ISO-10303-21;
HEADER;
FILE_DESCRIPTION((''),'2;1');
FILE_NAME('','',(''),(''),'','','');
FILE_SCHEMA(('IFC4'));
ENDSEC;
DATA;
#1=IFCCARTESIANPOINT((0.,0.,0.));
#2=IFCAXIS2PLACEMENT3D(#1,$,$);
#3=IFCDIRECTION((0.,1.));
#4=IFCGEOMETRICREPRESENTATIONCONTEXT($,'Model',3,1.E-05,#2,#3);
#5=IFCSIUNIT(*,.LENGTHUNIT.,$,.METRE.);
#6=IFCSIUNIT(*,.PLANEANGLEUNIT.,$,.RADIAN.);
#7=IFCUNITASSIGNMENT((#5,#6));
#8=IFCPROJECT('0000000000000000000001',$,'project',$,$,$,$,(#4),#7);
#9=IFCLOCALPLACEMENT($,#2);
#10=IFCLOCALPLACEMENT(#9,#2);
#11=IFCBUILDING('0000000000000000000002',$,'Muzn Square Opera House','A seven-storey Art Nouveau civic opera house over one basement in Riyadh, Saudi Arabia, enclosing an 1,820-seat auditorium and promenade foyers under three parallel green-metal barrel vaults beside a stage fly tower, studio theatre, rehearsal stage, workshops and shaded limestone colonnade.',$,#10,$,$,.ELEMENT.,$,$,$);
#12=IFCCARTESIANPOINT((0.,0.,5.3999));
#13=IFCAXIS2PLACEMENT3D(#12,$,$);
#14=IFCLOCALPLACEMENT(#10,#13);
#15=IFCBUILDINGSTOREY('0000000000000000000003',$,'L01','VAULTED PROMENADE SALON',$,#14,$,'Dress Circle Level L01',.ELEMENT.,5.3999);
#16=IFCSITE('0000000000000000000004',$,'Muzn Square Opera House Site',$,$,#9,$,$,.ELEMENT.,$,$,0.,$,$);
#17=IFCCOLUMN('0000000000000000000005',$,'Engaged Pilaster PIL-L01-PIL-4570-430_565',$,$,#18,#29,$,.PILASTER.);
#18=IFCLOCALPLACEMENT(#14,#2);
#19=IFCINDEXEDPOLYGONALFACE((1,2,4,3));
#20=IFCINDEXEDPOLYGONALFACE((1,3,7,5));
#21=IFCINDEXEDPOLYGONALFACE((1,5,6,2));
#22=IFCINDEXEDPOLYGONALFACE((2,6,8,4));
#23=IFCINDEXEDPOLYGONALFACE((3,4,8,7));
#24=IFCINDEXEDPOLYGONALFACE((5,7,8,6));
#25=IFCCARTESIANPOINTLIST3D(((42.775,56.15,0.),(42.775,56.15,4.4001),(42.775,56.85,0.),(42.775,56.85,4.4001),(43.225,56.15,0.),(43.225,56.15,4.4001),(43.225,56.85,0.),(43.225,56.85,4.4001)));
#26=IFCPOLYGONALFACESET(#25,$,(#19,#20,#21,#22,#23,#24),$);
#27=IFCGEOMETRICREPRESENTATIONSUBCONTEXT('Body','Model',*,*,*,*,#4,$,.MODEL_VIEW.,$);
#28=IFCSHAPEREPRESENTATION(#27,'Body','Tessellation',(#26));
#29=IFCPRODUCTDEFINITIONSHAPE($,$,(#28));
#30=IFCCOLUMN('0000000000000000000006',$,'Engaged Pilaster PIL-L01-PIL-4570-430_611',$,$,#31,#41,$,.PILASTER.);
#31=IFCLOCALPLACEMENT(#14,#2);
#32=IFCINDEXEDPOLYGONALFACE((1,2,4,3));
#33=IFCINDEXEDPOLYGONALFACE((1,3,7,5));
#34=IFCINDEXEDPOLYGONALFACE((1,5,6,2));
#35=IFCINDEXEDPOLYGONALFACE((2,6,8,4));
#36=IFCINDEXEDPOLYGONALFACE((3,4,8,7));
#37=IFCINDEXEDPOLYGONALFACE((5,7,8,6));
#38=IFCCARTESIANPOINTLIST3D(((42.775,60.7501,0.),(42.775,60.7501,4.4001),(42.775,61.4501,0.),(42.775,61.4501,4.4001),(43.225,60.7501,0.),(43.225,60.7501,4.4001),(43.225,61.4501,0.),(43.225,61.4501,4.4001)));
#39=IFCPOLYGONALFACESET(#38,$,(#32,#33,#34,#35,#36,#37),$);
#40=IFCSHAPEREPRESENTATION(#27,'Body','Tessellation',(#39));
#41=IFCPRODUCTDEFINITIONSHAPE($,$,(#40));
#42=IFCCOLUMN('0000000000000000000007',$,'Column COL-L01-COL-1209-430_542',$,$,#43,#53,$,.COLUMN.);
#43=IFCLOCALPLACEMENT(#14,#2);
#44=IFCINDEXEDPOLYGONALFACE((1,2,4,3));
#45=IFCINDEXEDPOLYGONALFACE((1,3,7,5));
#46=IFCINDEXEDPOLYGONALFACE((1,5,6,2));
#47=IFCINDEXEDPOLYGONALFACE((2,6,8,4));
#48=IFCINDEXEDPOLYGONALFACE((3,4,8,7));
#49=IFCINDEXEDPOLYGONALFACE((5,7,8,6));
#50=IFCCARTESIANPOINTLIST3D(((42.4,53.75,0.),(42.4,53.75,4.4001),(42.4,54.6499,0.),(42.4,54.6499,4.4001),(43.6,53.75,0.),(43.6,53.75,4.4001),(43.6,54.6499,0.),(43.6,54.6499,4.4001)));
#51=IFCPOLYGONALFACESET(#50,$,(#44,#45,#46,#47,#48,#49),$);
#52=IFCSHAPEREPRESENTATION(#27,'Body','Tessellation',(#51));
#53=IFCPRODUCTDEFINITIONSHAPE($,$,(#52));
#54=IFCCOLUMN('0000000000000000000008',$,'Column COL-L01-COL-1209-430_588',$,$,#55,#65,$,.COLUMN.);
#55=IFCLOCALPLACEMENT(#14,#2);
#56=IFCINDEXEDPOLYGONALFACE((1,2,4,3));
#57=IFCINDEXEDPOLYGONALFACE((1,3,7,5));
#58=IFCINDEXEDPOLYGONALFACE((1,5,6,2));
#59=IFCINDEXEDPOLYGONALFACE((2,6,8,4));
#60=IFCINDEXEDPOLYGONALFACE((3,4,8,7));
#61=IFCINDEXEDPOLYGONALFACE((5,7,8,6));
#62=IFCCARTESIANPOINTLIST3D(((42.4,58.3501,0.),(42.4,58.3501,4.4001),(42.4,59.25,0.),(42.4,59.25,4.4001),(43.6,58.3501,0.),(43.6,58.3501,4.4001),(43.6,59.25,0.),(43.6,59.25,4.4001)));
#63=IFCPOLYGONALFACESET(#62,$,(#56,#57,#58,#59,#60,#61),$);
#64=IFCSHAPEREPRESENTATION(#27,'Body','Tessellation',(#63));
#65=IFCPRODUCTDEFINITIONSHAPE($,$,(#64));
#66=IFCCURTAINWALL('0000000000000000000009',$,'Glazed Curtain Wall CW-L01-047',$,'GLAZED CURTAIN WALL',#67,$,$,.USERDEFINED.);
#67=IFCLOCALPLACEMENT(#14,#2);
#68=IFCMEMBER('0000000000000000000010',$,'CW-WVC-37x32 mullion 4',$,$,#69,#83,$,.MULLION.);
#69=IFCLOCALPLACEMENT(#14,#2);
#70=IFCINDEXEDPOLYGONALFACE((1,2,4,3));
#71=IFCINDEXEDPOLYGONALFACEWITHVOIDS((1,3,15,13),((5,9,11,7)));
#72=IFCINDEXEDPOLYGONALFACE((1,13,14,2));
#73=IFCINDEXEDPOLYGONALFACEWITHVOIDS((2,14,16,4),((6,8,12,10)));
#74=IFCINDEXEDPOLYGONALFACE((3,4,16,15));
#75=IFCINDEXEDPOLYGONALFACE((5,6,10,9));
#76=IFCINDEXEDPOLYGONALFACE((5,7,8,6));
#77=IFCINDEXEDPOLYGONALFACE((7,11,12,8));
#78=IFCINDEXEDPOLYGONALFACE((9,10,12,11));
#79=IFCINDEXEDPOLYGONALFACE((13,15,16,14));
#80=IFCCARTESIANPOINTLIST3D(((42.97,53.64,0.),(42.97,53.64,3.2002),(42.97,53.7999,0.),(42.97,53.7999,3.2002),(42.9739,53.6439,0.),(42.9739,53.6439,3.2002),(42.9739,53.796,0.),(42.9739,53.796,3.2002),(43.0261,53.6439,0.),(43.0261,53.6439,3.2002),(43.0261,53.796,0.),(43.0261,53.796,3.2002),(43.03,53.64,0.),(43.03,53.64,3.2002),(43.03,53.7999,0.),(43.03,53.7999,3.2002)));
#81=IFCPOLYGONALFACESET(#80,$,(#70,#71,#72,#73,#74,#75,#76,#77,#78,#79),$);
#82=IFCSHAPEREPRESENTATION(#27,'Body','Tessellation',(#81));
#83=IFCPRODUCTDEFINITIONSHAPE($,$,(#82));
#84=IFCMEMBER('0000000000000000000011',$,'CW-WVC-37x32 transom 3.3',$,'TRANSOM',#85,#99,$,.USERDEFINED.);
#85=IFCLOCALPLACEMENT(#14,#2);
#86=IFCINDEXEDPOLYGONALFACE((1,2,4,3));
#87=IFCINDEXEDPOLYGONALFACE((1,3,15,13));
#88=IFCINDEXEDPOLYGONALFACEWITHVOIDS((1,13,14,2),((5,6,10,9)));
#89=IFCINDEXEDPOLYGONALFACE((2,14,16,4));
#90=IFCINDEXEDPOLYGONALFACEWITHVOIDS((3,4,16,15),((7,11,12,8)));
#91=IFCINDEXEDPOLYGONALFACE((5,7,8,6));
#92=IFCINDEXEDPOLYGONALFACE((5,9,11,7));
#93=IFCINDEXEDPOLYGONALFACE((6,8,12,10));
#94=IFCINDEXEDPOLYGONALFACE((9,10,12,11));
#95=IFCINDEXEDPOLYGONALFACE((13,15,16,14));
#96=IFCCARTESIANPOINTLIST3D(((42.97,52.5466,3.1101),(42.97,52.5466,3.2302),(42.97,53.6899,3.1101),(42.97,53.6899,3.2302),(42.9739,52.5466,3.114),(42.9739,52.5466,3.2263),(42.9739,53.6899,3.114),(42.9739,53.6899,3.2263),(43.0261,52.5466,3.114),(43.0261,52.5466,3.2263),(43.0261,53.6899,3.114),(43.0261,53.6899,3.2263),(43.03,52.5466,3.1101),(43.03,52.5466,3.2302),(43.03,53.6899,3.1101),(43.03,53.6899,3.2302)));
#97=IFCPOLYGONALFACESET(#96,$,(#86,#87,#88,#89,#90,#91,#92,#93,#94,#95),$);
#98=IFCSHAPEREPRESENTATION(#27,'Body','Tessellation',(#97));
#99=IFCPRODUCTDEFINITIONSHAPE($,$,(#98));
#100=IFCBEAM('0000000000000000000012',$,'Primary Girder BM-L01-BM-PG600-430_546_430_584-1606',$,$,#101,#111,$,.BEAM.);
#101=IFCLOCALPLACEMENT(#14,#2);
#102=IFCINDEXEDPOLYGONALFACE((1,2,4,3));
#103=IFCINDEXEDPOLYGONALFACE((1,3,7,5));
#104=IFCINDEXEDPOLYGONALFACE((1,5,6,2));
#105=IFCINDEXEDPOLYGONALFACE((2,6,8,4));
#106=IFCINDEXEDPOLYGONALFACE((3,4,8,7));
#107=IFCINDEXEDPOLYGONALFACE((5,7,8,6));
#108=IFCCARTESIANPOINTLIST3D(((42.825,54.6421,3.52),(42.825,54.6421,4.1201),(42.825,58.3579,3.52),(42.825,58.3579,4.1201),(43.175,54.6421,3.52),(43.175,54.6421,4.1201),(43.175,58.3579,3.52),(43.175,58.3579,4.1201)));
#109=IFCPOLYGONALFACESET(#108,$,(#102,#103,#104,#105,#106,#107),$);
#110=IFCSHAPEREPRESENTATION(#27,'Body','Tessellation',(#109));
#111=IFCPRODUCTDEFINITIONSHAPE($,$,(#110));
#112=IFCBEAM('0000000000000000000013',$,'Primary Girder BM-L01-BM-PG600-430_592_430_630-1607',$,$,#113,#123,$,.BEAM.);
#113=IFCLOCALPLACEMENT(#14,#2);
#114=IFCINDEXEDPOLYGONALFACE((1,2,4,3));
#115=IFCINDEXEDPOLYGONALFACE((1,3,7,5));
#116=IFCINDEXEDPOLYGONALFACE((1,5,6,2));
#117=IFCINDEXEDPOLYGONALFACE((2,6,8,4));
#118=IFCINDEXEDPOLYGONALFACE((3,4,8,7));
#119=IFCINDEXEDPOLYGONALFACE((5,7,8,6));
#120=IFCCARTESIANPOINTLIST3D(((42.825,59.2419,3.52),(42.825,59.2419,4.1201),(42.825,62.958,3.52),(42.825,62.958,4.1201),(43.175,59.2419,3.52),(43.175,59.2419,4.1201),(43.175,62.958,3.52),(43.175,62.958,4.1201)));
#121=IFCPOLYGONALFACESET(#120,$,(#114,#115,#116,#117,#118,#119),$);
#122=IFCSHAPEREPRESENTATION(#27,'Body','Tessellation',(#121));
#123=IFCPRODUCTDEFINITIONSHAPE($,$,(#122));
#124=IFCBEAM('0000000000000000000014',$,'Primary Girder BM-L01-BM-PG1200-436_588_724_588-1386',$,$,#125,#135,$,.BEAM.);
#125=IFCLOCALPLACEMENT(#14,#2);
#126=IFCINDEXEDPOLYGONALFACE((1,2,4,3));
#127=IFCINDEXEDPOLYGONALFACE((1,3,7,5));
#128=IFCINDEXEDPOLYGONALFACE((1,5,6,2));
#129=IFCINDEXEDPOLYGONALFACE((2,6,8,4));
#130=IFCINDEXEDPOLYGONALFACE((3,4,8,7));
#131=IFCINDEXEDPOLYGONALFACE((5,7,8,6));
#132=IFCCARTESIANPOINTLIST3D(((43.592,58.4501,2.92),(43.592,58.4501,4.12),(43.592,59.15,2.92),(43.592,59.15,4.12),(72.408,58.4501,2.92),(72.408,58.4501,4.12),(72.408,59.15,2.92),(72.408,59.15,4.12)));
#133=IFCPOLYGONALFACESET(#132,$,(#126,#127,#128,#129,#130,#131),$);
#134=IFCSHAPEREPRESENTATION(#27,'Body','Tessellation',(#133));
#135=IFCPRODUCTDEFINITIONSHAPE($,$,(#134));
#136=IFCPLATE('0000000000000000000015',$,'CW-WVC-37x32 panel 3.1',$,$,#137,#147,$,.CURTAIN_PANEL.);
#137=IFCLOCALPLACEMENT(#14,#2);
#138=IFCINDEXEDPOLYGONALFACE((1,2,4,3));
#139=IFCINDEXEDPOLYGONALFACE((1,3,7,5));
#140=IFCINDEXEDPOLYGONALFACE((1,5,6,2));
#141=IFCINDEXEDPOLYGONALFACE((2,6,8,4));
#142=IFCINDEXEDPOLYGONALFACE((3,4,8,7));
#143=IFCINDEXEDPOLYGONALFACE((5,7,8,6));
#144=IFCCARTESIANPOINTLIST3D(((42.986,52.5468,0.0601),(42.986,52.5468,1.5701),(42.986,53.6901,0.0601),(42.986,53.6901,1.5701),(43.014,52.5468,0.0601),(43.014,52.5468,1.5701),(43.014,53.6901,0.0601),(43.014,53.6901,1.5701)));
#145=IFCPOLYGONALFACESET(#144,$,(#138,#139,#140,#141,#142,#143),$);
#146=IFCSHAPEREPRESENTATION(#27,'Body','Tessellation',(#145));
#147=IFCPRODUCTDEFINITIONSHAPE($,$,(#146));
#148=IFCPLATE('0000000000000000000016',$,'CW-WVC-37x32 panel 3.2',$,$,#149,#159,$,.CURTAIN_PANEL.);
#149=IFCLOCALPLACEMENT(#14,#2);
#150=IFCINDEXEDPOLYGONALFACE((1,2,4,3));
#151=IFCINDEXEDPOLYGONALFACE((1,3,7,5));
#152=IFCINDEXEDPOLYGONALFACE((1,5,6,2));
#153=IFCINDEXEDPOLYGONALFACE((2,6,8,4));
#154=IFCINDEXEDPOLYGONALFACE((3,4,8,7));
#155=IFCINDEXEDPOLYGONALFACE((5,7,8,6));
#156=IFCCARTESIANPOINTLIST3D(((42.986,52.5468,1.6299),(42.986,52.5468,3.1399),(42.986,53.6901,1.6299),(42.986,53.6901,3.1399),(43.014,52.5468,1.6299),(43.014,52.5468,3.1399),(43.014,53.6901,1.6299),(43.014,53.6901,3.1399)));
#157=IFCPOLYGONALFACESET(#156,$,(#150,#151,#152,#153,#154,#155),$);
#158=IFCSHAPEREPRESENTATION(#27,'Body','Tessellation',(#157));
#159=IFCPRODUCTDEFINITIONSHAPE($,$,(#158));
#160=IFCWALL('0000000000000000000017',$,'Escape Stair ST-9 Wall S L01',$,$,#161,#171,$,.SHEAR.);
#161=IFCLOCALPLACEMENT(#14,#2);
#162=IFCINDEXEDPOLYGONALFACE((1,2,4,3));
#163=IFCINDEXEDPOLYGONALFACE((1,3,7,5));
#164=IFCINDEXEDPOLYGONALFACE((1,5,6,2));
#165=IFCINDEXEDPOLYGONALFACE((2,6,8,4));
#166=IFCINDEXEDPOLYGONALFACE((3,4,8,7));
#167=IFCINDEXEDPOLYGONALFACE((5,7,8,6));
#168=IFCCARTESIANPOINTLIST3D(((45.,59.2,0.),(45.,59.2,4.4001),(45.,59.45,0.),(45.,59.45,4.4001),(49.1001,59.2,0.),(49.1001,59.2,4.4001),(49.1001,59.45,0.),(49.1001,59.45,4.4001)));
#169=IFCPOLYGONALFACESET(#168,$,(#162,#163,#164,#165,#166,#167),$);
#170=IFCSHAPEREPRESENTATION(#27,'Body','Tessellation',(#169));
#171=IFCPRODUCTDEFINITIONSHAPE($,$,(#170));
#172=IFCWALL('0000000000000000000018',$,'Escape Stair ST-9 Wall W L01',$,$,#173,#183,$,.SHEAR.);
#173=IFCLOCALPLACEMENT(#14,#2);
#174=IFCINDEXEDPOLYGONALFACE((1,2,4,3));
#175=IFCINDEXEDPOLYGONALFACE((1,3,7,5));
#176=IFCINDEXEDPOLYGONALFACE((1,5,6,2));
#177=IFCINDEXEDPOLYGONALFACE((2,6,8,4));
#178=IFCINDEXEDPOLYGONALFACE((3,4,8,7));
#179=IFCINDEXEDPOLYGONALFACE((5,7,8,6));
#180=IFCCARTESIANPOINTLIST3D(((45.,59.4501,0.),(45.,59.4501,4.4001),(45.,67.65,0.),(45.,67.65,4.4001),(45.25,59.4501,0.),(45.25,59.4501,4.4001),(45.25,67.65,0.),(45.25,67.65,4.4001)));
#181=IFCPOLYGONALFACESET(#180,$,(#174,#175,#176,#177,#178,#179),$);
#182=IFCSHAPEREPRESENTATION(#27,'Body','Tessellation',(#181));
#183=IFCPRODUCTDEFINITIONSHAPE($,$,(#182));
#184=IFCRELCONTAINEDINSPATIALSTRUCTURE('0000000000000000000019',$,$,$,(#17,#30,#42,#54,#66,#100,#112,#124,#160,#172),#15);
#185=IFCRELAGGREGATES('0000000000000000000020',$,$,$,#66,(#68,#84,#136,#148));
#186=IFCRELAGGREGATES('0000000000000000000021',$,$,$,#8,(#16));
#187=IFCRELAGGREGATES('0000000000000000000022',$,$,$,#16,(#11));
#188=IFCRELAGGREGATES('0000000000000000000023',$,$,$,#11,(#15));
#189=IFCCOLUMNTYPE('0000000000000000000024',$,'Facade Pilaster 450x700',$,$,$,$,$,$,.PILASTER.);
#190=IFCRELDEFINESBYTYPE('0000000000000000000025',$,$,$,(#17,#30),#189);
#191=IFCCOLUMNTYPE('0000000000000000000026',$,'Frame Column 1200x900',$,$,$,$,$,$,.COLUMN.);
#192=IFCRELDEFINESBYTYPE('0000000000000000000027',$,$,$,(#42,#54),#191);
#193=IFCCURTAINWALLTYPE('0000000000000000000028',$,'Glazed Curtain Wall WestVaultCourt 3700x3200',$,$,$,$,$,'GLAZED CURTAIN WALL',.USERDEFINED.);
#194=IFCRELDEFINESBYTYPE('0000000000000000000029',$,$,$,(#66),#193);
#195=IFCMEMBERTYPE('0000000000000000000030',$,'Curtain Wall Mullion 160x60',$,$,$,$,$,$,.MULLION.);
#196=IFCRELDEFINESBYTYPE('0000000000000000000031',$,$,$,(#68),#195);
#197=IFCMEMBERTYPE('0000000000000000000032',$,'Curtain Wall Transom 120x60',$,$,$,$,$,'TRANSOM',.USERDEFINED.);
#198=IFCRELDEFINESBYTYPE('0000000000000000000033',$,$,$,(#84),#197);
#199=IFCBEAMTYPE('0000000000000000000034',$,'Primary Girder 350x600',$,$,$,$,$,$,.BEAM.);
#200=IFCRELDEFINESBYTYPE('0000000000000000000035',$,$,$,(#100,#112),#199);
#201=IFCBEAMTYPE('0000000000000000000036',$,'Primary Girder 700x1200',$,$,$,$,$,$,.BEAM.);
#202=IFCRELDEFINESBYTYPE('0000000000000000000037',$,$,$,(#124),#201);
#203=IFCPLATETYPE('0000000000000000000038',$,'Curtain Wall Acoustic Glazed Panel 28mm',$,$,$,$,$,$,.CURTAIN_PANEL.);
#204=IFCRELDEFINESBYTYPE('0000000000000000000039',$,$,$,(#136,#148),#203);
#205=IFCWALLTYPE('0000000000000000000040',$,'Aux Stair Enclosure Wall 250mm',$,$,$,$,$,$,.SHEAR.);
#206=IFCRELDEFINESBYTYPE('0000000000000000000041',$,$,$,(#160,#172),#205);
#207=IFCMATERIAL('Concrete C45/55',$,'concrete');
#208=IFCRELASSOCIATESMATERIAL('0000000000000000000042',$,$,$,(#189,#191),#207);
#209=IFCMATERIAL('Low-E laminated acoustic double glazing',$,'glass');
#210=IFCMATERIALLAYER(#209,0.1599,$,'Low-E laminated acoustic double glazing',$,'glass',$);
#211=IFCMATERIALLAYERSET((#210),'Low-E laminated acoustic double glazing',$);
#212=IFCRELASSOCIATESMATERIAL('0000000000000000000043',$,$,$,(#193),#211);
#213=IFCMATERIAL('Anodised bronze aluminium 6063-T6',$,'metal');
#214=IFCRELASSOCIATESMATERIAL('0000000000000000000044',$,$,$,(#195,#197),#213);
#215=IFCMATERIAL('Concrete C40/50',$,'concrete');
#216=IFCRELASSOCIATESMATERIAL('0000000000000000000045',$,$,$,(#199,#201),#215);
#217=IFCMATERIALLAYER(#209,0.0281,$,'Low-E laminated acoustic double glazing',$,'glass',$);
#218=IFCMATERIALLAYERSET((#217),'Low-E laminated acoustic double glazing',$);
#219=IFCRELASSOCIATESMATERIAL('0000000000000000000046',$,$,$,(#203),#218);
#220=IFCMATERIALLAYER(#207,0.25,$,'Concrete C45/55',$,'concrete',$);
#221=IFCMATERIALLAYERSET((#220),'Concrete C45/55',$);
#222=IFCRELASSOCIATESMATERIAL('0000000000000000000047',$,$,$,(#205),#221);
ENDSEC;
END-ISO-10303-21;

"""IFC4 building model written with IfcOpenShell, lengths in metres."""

from ifc_helpers import new_model, si_unit, direction, frame, frame_2d, origin, origin_2d, place, context, subcontext, project, spatial, rectangle, hollow_rectangle, extrude, material, layer, layer_set, material_profile, profile_set, type_object, element, aggregate, save


model = new_model("IFC4")

# Units and contexts
model_context = context("Model", 3, precision=1e-05, world=origin(), true_north=direction((0.0, 1.0)))
body_context = subcontext(model_context, "Body", "Model", "MODEL_VIEW")
ifc_project = project(units=[si_unit("LENGTHUNIT", "METRE"), si_unit("PLANEANGLEUNIT", "RADIAN")], contexts=[model_context])

# Site, building, storey
site_placement = place(None, origin())
site = spatial("IfcSite", under=ifc_project, at=site_placement, Name="Muzn Square Opera House Site", CompositionType="ELEMENT", RefElevation=0.0)
building_placement = place(site_placement, origin())
building = spatial("IfcBuilding", under=site, at=building_placement, Name="Muzn Square Opera House", Description="A seven-storey Art Nouveau civic opera house over one basement in Riyadh, Saudi Arabia, enclosing an 1,820-seat auditorium and promenade foyers under three parallel green-metal barrel vaults beside a stage fly tower, studio theatre, rehearsal stage, workshops and shaded limestone colonnade.", CompositionType="ELEMENT")
storey_placement = place(building_placement, frame((0.0, 0.0, 5.3999)))
storey = spatial("IfcBuildingStorey", under=building, at=storey_placement, Name="L01", Description="VAULTED PROMENADE SALON", LongName="Dress Circle Level L01", CompositionType="ELEMENT", Elevation=5.3999)

# Columns
ifc_material_1 = material(Name="Concrete C45/55", Category="concrete")
ifc_material_profile_1 = material_profile(ifc_material_1, rectangle(XDim=0.45, YDim=0.7, at=origin_2d()), Name="RC 450x700", Category="concrete")
ifc_profile_set_1 = profile_set([ifc_material_profile_1], Name="Concrete C45/55")
column_type_1 = type_object("IfcColumnType", Name="Facade Pilaster 450x700", PredefinedType="PILASTER", material=ifc_profile_set_1)
for number, where, z_axis, x_axis, name in (
    (1, (43.0, 56.5, 0.0), (0.0, 0.0, 1.0), (1.0, 0.0, 0.0), "Engaged Pilaster PIL-L01-PIL-4570-430_565"),
    (2, (43.0, 61.1001, 0.0), (0.0, 0.0, 1.0), (1.0, 0.0, 0.0), "Engaged Pilaster PIL-L01-PIL-4570-430_611"),
):
    element("IfcColumn", number, at=place(storey_placement, frame(where, z_axis=z_axis, x_axis=x_axis)), inside=storey, type_object=column_type_1, Name=name, PredefinedType="PILASTER", context=body_context, shape_type="SweptSolid", body=[
        extrude(rectangle(XDim=0.45, YDim=0.7, at=origin_2d()), origin(), (0.0, 0.0, 1.0), 4.4001),
    ])
ifc_material_profile_2 = material_profile(ifc_material_1, rectangle(XDim=1.2, YDim=0.8999, at=origin_2d()), Name="RC 1200x900", Category="concrete")
ifc_profile_set_2 = profile_set([ifc_material_profile_2], Name="Concrete C45/55")
column_type_2 = type_object("IfcColumnType", Name="Frame Column 1200x900", PredefinedType="COLUMN", material=ifc_profile_set_2)
for number, where, z_axis, x_axis, name in (
    (3, (43.0, 54.2, 0.0), (0.0, 0.0, 1.0), (1.0, 0.0, 0.0), "Column COL-L01-COL-1209-430_542"),
    (4, (43.0, 58.8, 0.0), (0.0, 0.0, 1.0), (1.0, 0.0, 0.0), "Column COL-L01-COL-1209-430_588"),
):
    element("IfcColumn", number, at=place(storey_placement, frame(where, z_axis=z_axis, x_axis=x_axis)), inside=storey, type_object=column_type_2, Name=name, PredefinedType="COLUMN", context=body_context, shape_type="SweptSolid", body=[
        extrude(rectangle(XDim=1.2, YDim=0.8999, at=origin_2d()), origin(), (0.0, 0.0, 1.0), 4.4001),
    ])

# Curtain wall, members
ifc_material_2 = material(Name="Low-E laminated acoustic double glazing", Category="glass")
ifc_layer_1 = layer(ifc_material_2, 0.1599, Name="Low-E laminated acoustic double glazing", Category="glass")
ifc_layer_set_1 = layer_set([ifc_layer_1], Name="Low-E laminated acoustic double glazing")
curtain_wall_type = type_object("IfcCurtainWallType", Name="Glazed Curtain Wall WestVaultCourt 3700x3200", ElementType="GLAZED CURTAIN WALL", PredefinedType="USERDEFINED", material=ifc_layer_set_1)
curtain_wall_placement = place(storey_placement, origin())
curtain_wall = element("IfcCurtainWall", 5, at=curtain_wall_placement, inside=storey, type_object=curtain_wall_type, Name="Glazed Curtain Wall CW-L01-047", ObjectType="GLAZED CURTAIN WALL", PredefinedType="USERDEFINED")
ifc_material_3 = material(Name="Anodised bronze aluminium 6063-T6", Category="metal")
ifc_material_profile_3 = material_profile(ifc_material_3, hollow_rectangle(XDim=0.0601, YDim=0.1599, WallThickness=0.0039, at=origin_2d()), Name="ALU 160x60x4", Category="metal")
ifc_profile_set_3 = profile_set([ifc_material_profile_3], Name="Anodised bronze aluminium 6063-T6")
member_type_1 = type_object("IfcMemberType", Name="Curtain Wall Mullion 160x60", PredefinedType="MULLION", material=ifc_profile_set_3)
member_1_placement = place(storey_placement, frame((43.0, 53.72, 0.0), z_axis=(0.0, 0.0, 1.0), x_axis=(-1.0, 0.0, 0.0)))
member_1 = element("IfcMember", 6, at=member_1_placement, type_object=member_type_1, Name="CW-WVC-37x32 mullion 4", PredefinedType="MULLION", context=body_context, shape_type="SweptSolid", body=[
    extrude(hollow_rectangle(XDim=0.0601, YDim=0.1599, WallThickness=0.0039, at=origin_2d()), origin(), (0.0, 0.0, 1.0), 3.2002),
])
ifc_material_profile_4 = material_profile(ifc_material_3, hollow_rectangle(XDim=0.0601, YDim=0.1201, WallThickness=0.0039, at=origin_2d()), Name="ALU 120x60x4", Category="metal")
ifc_profile_set_4 = profile_set([ifc_material_profile_4], Name="Anodised bronze aluminium 6063-T6")
member_type_2 = type_object("IfcMemberType", Name="Curtain Wall Transom 120x60", ElementType="TRANSOM", PredefinedType="USERDEFINED", material=ifc_profile_set_4)
member_2_placement = place(storey_placement, frame((43.0, 52.5466, 3.1702), z_axis=(0.0, 1.0, 0.0), x_axis=(-1.0, 0.0, 0.0)))
member_2 = element("IfcMember", 7, at=member_2_placement, type_object=member_type_2, Name="CW-WVC-37x32 transom 3.3", ObjectType="TRANSOM", PredefinedType="USERDEFINED", context=body_context, shape_type="SweptSolid", body=[
    extrude(hollow_rectangle(XDim=0.0601, YDim=0.1201, WallThickness=0.0039, at=origin_2d()), origin(), (0.0, 0.0, 1.0), 1.1433),
])

# Beams
ifc_material_4 = material(Name="Concrete C40/50", Category="concrete")
ifc_material_profile_5 = material_profile(ifc_material_4, rectangle(XDim=0.3501, YDim=0.6001, at=origin_2d()), Name="RCB 350x600", Category="concrete")
ifc_profile_set_5 = profile_set([ifc_material_profile_5], Name="Concrete C40/50")
beam_type_1 = type_object("IfcBeamType", Name="Primary Girder 350x600", PredefinedType="BEAM", material=ifc_profile_set_5)
beam_1_placement = place(storey_placement, frame((43.0, 54.6421, 3.8201), z_axis=(0.0, 1.0, 0.0), x_axis=(-1.0, 0.0, 0.0)))
element("IfcBeam", 8, at=beam_1_placement, inside=storey, type_object=beam_type_1, Name="Primary Girder BM-L01-BM-PG600-430_546_430_584-1606", PredefinedType="BEAM", context=body_context, shape_type="SweptSolid", body=[
    extrude(rectangle(XDim=0.3501, YDim=0.6001, at=origin_2d()), origin(), (0.0, 0.0, 1.0), 3.7158),
])
beam_2_placement = place(storey_placement, frame((43.0, 59.2419, 3.8201), z_axis=(0.0, 1.0, 0.0), x_axis=(-1.0, 0.0, 0.0)))
element("IfcBeam", 9, at=beam_2_placement, inside=storey, type_object=beam_type_1, Name="Primary Girder BM-L01-BM-PG600-430_592_430_630-1607", PredefinedType="BEAM", context=body_context, shape_type="SweptSolid", body=[
    extrude(rectangle(XDim=0.3501, YDim=0.6001, at=origin_2d()), origin(), (0.0, 0.0, 1.0), 3.7161),
])
ifc_material_profile_6 = material_profile(ifc_material_4, rectangle(XDim=0.7, YDim=1.2, at=origin_2d()), Name="RCB 700x1200", Category="concrete")
ifc_profile_set_6 = profile_set([ifc_material_profile_6], Name="Concrete C40/50")
beam_type_2 = type_object("IfcBeamType", Name="Primary Girder 700x1200", PredefinedType="BEAM", material=ifc_profile_set_6)
beam_3_placement = place(storey_placement, frame((43.592, 58.8, 3.52), z_axis=(1.0, 0.0, 0.0), x_axis=(0.0, 1.0, 0.0)))
element("IfcBeam", 10, at=beam_3_placement, inside=storey, type_object=beam_type_2, Name="Primary Girder BM-L01-BM-PG1200-436_588_724_588-1386", PredefinedType="BEAM", context=body_context, shape_type="SweptSolid", body=[
    extrude(rectangle(XDim=0.7, YDim=1.2, at=origin_2d()), origin(), (0.0, 0.0, 1.0), 28.8159),
])

# Plates
ifc_layer_2 = layer(ifc_material_2, 0.0281, Name="Low-E laminated acoustic double glazing", Category="glass")
ifc_layer_set_2 = layer_set([ifc_layer_2], Name="Low-E laminated acoustic double glazing")
plate_type = type_object("IfcPlateType", Name="Curtain Wall Acoustic Glazed Panel 28mm", PredefinedType="CURTAIN_PANEL", material=ifc_layer_set_2)
plate_1_placement = place(storey_placement, frame((43.0, 53.1184, 0.0601), z_axis=(0.0, 0.0, 1.0), x_axis=(0.0, 1.0, 0.0)))
plate_1 = element("IfcPlate", 11, at=plate_1_placement, type_object=plate_type, Name="CW-WVC-37x32 panel 3.1", PredefinedType="CURTAIN_PANEL", context=body_context, shape_type="SweptSolid", body=[
    extrude(rectangle(XDim=1.1433, YDim=0.0281, at=origin_2d()), origin(), (0.0, 0.0, 1.0), 1.51),
])
plate_2_placement = place(storey_placement, frame((43.0, 53.1184, 1.6299), z_axis=(0.0, 0.0, 1.0), x_axis=(0.0, 1.0, 0.0)))
plate_2 = element("IfcPlate", 12, at=plate_2_placement, type_object=plate_type, Name="CW-WVC-37x32 panel 3.2", PredefinedType="CURTAIN_PANEL", context=body_context, shape_type="SweptSolid", body=[
    extrude(rectangle(XDim=1.1433, YDim=0.0281, at=origin_2d()), origin(), (0.0, 0.0, 1.0), 1.51),
])
aggregate(curtain_wall, [member_1, member_2, plate_1, plate_2])

# Walls
ifc_layer_3 = layer(ifc_material_1, 0.25, Name="Concrete C45/55", Category="concrete")
ifc_layer_set_3 = layer_set([ifc_layer_3], Name="Concrete C45/55")
wall_type_1 = type_object("IfcWallType", Name="Aux Stair Enclosure Wall 250mm", PredefinedType="SHEAR", material=ifc_layer_set_3)
wall_1_placement = place(storey_placement, frame((45.0, 59.325, 0.0), z_axis=(0.0, 0.0, 1.0), x_axis=(1.0, 0.0, 0.0)))
element("IfcWall", 13, at=wall_1_placement, inside=storey, type_object=wall_type_1, Name="Escape Stair ST-9 Wall S L01", PredefinedType="SHEAR", context=body_context, shape_type="SweptSolid", body=[
    extrude(rectangle(XDim=4.1001, YDim=0.25, at=frame_2d((2.05, 0.0))), origin(), (0.0, 0.0, 1.0), 4.4001),
])
for number, where, z_axis, x_axis, name in (
    (14, (45.125, 59.45, 0.0), (0.0, 0.0, 1.0), (0.0, 1.0, 0.0), "Escape Stair ST-9 Wall W L01"),
):
    element("IfcWall", number, at=place(storey_placement, frame(where, z_axis=z_axis, x_axis=x_axis)), inside=storey, type_object=wall_type_1, Name=name, PredefinedType="SHEAR", context=body_context, shape_type="SweptSolid", body=[
        extrude(rectangle(XDim=8.2, YDim=0.25, at=frame_2d((4.1001, 0.0))), origin(), (0.0, 0.0, 1.0), 4.4001),
    ])

save(model, "model.ifc")
